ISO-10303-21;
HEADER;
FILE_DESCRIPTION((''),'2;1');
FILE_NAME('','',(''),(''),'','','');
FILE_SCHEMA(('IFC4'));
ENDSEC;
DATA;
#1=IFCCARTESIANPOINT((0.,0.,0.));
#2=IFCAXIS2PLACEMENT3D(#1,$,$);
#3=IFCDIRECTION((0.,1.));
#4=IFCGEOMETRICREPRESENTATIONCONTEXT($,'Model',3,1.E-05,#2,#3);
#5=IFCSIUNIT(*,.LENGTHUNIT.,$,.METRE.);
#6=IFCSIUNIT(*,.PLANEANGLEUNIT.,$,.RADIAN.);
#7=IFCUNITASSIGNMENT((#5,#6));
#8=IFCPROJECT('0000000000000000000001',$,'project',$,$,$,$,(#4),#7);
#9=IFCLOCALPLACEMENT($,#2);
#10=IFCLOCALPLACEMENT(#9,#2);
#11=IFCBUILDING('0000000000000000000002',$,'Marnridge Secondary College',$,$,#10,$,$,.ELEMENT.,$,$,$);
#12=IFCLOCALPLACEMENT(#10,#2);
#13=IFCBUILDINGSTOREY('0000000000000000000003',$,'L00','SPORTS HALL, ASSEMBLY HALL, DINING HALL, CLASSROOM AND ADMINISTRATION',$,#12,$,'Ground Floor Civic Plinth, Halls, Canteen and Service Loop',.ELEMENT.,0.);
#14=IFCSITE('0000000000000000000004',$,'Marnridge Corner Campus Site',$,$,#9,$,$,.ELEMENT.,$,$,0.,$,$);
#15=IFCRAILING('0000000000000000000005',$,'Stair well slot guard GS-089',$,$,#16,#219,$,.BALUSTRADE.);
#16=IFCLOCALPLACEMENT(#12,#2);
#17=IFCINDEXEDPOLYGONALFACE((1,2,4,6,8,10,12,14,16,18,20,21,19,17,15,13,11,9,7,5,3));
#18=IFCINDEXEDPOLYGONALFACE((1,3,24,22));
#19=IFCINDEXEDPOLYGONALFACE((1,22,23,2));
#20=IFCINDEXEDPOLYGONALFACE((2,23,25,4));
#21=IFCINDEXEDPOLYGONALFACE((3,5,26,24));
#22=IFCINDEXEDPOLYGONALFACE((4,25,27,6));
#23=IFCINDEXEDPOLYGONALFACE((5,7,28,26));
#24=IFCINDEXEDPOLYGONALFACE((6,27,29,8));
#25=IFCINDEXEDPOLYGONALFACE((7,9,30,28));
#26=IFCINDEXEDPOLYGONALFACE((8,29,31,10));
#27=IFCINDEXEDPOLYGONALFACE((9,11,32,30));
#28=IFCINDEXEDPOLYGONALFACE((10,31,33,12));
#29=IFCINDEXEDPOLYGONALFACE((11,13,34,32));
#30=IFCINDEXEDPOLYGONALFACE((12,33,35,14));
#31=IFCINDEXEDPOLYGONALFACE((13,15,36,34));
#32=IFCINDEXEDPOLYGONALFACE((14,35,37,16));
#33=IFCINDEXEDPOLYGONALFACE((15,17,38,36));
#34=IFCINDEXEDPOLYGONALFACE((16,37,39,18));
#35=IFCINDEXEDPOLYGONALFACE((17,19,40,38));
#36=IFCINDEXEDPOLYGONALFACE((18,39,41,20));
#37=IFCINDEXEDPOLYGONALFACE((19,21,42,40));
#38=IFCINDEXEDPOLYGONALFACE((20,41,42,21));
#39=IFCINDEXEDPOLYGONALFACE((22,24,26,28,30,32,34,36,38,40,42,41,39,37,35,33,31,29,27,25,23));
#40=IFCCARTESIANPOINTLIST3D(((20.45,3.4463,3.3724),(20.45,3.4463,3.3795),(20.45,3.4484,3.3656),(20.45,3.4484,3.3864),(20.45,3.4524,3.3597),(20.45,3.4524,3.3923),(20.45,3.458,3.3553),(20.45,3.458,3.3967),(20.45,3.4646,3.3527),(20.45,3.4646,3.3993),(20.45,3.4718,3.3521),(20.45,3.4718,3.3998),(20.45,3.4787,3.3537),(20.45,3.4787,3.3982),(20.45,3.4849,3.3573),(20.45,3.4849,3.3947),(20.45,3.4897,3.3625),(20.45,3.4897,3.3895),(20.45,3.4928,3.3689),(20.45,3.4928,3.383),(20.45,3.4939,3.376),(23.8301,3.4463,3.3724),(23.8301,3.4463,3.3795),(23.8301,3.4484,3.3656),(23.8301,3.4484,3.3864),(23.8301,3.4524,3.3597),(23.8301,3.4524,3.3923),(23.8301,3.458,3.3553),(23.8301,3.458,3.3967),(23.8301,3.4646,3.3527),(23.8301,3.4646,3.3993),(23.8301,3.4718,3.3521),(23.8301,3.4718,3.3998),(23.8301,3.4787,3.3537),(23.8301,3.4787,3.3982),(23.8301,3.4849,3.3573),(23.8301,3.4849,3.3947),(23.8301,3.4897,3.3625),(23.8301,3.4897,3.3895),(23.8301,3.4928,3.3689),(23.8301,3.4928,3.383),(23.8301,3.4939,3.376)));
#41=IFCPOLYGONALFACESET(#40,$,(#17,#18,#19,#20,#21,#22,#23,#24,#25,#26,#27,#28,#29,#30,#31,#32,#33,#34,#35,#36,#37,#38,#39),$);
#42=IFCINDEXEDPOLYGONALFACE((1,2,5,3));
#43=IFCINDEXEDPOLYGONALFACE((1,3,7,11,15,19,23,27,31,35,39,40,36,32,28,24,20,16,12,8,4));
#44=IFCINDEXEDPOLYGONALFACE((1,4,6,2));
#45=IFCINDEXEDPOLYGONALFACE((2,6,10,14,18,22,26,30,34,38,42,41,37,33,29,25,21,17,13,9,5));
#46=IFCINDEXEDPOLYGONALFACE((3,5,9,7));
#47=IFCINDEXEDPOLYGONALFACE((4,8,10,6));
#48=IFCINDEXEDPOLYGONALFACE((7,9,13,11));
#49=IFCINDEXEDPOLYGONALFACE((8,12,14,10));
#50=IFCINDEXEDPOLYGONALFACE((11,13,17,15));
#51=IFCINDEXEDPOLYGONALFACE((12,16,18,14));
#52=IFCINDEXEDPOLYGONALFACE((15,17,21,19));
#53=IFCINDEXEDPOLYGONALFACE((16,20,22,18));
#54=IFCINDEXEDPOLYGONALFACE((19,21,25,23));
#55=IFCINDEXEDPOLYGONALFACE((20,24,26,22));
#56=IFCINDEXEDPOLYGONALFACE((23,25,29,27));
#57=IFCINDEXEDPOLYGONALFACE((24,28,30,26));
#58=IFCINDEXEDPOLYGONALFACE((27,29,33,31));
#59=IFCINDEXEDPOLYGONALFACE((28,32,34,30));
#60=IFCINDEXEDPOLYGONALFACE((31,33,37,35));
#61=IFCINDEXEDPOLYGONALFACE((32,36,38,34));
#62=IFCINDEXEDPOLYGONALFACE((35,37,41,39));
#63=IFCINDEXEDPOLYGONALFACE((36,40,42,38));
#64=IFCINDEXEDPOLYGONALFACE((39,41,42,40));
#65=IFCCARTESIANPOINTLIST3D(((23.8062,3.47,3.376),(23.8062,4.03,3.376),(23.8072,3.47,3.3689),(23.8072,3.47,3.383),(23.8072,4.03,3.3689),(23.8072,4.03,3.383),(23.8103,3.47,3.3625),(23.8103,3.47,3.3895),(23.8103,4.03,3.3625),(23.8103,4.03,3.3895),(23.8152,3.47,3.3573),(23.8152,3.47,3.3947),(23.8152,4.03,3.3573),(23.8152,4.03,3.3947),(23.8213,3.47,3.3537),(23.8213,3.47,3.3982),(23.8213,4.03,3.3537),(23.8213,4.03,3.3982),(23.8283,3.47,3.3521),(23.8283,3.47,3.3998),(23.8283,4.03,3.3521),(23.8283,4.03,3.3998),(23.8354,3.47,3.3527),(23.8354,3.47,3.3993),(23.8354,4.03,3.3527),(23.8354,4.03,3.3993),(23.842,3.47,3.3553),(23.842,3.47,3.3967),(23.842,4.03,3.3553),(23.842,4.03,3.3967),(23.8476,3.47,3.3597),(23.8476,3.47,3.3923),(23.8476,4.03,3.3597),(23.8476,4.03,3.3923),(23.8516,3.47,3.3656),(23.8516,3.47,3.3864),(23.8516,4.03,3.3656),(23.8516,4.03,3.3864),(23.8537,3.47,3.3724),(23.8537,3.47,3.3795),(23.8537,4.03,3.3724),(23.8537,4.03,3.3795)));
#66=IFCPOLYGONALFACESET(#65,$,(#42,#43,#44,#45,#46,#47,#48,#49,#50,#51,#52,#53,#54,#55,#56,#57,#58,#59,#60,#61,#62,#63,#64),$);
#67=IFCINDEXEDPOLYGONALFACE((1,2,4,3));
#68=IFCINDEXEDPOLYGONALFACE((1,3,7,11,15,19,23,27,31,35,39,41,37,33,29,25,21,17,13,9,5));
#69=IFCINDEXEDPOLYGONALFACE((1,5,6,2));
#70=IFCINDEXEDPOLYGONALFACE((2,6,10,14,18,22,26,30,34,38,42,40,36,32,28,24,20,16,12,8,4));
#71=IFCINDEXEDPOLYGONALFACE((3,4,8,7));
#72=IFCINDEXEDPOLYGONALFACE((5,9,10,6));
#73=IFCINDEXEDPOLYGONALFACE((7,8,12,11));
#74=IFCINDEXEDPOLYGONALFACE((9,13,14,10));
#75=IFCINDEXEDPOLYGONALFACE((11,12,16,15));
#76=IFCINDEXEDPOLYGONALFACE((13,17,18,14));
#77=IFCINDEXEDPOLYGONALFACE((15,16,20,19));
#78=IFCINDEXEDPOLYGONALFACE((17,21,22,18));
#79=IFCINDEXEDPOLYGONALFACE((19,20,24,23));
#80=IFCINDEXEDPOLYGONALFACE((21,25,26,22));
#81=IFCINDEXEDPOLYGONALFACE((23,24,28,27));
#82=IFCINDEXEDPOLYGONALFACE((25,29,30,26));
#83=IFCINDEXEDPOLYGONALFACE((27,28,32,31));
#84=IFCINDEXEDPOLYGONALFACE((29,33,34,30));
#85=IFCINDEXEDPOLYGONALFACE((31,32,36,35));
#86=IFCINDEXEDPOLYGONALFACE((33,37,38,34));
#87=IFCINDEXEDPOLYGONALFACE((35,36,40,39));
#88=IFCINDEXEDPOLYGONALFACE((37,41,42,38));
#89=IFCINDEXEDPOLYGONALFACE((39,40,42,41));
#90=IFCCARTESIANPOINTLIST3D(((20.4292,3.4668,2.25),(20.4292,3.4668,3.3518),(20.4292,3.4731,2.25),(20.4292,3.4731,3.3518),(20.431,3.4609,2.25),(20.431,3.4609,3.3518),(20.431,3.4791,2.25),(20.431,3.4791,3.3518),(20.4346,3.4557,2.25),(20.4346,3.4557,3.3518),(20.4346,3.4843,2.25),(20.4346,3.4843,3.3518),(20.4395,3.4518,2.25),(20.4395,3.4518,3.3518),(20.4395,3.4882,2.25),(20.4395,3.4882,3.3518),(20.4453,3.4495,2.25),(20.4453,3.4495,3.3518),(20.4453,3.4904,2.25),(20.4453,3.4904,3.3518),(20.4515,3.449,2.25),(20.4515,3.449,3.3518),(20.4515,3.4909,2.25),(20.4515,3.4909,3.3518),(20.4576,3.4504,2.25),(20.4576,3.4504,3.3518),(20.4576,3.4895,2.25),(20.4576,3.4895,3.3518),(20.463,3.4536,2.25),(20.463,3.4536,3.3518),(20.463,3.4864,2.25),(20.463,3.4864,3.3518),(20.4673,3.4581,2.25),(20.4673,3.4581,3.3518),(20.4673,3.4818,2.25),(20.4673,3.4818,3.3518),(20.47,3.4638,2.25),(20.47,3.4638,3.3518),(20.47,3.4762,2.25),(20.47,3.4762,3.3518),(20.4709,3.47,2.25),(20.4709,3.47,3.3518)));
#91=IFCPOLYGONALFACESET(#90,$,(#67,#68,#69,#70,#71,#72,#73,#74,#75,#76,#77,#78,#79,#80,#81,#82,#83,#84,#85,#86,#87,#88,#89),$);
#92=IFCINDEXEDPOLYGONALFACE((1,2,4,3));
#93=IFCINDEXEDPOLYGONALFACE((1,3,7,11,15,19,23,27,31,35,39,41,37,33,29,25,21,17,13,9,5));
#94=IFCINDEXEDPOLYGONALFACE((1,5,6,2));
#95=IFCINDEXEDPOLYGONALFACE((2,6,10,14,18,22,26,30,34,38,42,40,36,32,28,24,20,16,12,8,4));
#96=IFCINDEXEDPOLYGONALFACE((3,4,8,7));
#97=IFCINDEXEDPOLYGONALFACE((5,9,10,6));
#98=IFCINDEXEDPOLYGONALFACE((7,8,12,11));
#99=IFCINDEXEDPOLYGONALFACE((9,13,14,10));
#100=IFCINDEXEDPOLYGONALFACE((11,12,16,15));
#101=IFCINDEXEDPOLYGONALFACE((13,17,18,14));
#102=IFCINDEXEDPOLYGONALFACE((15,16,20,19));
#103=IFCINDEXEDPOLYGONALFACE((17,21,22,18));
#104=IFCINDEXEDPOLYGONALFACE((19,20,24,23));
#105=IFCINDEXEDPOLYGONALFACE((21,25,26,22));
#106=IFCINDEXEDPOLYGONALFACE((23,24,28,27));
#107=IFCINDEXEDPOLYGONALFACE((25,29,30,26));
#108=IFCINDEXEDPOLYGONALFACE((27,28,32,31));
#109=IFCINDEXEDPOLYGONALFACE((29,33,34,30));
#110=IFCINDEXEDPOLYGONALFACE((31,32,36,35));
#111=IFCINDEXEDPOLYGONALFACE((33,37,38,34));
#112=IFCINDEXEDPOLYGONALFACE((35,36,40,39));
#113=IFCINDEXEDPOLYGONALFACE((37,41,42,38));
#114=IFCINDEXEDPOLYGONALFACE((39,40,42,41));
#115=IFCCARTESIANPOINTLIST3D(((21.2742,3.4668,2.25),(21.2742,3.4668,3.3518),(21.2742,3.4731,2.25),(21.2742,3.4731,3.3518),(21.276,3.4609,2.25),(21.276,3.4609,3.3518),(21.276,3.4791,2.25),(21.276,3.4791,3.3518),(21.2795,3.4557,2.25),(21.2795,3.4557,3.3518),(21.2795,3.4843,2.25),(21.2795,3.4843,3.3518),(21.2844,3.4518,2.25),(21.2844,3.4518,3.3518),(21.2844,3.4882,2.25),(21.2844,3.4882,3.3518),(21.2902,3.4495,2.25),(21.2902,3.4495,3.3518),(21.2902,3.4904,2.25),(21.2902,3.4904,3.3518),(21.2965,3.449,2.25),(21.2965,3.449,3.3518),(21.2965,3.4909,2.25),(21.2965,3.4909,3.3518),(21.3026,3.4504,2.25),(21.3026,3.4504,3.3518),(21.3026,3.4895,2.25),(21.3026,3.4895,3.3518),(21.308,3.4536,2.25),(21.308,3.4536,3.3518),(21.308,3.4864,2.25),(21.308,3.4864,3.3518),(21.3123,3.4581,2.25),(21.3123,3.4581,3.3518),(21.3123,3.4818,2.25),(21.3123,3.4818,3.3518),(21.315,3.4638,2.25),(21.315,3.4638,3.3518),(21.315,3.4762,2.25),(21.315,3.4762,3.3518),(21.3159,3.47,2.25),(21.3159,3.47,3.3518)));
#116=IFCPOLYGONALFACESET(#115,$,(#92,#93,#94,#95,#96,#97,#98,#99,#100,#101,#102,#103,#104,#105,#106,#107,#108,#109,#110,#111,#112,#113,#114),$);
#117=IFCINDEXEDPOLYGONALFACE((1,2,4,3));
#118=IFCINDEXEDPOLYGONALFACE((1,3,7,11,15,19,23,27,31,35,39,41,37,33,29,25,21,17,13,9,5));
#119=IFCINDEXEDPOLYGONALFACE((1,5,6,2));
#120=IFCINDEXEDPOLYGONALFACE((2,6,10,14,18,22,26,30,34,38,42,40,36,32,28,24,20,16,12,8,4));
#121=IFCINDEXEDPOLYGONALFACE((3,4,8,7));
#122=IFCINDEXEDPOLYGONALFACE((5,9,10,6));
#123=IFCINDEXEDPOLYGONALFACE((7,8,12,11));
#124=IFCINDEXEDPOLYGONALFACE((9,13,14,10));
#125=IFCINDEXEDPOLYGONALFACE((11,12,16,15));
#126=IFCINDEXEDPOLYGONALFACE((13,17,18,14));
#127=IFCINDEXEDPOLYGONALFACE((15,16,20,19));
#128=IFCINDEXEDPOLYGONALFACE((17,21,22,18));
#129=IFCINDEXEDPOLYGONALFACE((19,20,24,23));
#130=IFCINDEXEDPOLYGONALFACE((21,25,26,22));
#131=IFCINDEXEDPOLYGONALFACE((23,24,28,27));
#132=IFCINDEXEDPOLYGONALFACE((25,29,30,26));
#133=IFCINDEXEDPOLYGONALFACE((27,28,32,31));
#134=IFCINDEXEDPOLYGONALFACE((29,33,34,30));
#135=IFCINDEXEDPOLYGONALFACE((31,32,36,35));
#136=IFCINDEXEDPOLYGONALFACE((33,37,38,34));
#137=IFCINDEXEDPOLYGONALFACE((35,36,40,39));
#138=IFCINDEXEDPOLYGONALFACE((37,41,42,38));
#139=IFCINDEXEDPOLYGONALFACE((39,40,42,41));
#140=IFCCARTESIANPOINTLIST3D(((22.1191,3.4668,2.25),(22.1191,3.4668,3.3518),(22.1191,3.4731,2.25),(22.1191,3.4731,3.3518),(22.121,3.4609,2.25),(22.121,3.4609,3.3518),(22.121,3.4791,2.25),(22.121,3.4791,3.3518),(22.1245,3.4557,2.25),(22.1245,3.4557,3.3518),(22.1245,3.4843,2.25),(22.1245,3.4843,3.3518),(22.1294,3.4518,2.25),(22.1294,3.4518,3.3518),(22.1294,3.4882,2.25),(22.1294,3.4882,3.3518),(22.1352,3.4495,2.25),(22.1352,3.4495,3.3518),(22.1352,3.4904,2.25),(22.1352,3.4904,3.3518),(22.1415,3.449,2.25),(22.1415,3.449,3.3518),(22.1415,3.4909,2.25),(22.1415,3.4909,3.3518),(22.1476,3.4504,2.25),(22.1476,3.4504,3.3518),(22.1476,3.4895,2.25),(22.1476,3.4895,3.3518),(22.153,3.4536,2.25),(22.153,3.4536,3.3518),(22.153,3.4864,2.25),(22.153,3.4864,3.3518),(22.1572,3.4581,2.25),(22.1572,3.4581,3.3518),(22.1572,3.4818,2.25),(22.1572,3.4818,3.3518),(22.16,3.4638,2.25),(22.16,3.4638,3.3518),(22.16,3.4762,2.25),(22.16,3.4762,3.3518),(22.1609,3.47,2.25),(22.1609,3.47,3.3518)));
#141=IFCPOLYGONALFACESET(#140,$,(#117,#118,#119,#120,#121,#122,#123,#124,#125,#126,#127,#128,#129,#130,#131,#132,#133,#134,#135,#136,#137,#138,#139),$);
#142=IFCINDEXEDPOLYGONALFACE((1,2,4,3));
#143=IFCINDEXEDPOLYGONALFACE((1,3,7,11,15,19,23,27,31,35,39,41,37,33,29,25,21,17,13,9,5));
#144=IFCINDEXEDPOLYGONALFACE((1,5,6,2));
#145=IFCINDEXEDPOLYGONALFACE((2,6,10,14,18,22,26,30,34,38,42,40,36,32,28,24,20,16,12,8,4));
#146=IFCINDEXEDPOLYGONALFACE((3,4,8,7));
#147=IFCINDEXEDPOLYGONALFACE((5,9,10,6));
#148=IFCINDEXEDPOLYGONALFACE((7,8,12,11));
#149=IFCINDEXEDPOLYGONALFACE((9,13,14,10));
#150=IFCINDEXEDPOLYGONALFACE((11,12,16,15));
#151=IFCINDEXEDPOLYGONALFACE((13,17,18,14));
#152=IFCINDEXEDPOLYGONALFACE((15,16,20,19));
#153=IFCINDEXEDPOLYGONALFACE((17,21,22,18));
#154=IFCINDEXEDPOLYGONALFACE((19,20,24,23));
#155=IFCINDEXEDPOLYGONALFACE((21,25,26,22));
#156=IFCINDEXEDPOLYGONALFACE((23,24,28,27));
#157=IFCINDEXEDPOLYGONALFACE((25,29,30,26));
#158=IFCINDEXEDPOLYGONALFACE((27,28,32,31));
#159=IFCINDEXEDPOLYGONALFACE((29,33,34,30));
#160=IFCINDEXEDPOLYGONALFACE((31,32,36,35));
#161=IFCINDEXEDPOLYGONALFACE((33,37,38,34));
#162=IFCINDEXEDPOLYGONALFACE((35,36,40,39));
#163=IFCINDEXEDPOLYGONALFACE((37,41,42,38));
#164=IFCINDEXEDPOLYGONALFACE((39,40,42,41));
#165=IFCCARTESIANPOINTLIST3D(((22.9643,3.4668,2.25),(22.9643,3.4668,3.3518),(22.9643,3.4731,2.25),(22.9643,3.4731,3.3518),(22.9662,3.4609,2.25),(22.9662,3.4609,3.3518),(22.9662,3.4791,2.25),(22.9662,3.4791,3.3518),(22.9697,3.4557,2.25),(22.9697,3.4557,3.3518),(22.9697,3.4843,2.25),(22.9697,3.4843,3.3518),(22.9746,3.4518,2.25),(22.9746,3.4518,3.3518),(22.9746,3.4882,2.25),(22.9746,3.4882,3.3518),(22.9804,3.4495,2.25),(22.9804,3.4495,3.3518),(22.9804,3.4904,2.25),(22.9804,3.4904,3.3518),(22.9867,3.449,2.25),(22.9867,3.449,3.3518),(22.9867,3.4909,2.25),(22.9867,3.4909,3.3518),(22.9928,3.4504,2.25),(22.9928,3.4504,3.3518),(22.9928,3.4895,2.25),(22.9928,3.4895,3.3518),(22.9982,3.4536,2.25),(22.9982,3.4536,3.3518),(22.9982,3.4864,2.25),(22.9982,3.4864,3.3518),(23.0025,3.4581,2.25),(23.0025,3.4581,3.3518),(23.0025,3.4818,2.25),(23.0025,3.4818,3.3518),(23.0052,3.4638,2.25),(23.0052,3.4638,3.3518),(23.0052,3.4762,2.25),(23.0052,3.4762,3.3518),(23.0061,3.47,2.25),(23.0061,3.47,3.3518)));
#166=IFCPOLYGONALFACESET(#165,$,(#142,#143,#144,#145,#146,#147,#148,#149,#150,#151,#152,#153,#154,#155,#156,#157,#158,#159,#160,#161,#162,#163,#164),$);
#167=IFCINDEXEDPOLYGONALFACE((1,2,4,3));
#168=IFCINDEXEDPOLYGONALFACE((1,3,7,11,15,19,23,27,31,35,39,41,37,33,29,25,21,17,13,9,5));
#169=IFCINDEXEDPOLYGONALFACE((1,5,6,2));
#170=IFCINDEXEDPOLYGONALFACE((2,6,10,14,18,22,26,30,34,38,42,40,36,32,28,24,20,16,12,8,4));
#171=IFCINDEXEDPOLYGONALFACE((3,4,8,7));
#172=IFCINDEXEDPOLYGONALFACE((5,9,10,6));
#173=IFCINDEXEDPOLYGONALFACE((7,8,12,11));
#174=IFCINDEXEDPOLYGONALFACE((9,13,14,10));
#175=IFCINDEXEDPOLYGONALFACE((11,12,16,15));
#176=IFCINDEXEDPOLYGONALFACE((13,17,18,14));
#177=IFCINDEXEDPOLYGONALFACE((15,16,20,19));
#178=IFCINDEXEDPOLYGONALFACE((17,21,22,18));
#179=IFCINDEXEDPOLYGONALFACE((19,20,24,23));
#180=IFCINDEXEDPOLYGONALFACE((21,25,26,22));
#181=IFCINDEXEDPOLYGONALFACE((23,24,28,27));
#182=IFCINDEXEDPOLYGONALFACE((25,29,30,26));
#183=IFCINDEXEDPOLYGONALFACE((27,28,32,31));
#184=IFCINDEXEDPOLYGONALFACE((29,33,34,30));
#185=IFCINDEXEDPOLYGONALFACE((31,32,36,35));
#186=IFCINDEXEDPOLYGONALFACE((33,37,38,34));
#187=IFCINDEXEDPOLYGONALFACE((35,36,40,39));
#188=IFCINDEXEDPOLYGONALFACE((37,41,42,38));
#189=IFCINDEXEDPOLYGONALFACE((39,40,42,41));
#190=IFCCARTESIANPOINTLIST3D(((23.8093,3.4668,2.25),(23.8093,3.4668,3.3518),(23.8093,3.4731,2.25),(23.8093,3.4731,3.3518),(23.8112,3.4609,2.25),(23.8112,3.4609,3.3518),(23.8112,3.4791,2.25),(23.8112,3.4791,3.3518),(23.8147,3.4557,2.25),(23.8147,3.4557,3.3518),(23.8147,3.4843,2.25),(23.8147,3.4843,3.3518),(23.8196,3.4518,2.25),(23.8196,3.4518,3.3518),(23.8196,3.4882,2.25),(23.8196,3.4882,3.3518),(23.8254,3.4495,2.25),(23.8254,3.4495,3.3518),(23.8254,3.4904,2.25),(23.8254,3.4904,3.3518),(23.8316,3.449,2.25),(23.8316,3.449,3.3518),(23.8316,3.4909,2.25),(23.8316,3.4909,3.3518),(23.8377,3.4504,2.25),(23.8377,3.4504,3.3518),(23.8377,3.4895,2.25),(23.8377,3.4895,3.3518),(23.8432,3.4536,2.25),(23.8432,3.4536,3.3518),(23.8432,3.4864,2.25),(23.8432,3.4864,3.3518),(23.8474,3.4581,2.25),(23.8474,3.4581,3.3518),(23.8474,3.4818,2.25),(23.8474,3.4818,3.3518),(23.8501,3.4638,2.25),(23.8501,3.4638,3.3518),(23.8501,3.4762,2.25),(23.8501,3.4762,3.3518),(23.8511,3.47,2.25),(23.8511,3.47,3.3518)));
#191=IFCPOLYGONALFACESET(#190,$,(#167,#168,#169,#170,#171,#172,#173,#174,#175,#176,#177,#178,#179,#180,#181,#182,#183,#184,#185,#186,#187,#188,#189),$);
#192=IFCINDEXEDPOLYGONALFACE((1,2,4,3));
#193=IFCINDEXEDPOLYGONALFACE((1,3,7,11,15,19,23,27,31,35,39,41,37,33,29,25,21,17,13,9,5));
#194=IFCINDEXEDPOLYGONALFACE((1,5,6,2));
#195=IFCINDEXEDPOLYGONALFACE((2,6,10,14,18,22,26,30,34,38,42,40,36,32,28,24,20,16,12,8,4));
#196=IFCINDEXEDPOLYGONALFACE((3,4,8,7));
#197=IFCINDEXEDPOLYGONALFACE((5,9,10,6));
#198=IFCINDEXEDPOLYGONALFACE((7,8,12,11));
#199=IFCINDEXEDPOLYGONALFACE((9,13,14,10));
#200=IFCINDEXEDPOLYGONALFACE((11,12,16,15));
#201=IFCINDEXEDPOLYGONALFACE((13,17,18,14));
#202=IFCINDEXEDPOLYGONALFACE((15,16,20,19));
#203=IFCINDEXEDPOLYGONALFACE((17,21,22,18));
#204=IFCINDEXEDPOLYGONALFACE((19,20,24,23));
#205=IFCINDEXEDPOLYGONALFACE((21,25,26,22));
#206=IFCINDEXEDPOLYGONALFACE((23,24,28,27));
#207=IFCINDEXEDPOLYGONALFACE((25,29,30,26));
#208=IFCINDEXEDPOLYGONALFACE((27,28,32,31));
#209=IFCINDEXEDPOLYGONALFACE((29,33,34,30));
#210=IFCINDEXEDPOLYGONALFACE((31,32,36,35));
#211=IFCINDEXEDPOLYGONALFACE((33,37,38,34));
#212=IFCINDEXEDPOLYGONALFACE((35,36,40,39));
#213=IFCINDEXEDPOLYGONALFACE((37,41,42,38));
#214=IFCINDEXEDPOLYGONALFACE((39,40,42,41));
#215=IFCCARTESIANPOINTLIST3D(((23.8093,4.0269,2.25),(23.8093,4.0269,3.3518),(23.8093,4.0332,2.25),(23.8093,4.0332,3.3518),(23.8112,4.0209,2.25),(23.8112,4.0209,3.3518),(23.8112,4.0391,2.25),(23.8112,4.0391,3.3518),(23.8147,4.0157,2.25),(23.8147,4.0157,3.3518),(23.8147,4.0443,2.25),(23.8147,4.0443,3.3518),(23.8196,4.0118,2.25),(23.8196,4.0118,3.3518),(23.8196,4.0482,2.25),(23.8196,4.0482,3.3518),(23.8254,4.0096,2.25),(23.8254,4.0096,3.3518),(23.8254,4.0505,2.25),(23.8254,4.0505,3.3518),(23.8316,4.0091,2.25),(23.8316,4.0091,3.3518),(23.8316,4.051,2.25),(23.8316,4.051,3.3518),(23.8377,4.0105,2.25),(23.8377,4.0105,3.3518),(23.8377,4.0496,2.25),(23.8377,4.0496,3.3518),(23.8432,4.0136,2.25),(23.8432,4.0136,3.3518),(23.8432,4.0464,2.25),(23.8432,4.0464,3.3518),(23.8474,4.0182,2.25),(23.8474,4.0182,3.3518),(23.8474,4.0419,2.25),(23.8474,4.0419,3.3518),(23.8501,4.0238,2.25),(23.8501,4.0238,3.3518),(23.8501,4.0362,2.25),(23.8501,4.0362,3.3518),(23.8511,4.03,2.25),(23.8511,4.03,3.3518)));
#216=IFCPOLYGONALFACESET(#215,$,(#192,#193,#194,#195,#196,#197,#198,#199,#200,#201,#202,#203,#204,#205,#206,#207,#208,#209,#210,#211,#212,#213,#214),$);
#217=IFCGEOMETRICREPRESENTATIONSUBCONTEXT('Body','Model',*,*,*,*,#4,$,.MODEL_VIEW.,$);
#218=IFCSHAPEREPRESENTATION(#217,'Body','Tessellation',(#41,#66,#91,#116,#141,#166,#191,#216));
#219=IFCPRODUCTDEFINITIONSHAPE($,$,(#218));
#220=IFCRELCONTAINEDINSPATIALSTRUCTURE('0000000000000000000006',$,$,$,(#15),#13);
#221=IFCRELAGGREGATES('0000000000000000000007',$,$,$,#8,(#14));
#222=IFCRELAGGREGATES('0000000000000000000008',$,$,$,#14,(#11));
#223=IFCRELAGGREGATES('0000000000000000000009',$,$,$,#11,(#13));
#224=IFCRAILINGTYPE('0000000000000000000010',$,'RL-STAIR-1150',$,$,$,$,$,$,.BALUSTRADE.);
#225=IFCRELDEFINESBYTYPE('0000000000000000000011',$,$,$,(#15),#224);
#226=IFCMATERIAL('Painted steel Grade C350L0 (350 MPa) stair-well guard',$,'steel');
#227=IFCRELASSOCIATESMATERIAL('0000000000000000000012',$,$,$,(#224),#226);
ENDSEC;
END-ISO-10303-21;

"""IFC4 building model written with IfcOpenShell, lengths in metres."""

from ifc_helpers import new_model, si_unit, direction, frame, origin, origin_2d, place, context, subcontext, project, spatial, circle, extrude, material, type_object, element, save


model = new_model("IFC4")

# Units and contexts
model_context = context("Model", 3, precision=1e-05, world=origin(), true_north=direction((0.0, 1.0)))
body_context = subcontext(model_context, "Body", "Model", "MODEL_VIEW")
ifc_project = project(units=[si_unit("LENGTHUNIT", "METRE"), si_unit("PLANEANGLEUNIT", "RADIAN")], contexts=[model_context])

# Site, building, storey
site_placement = place(None, origin())
site = spatial("IfcSite", under=ifc_project, at=site_placement, Name="Marnridge Corner Campus Site", CompositionType="ELEMENT", RefElevation=0.0)
building_placement = place(site_placement, origin())
building = spatial("IfcBuilding", under=site, at=building_placement, Name="Marnridge Secondary College", CompositionType="ELEMENT")
storey_placement = place(building_placement, origin())
storey = spatial("IfcBuildingStorey", under=building, at=storey_placement, Name="L00", Description="SPORTS HALL, ASSEMBLY HALL, DINING HALL, CLASSROOM AND ADMINISTRATION", LongName="Ground Floor Civic Plinth, Halls, Canteen and Service Loop", CompositionType="ELEMENT", Elevation=0.0)

# Railing
ifc_material_1 = material(Name="Painted steel Grade C350L0 (350 MPa) stair-well guard", Category="steel")
railing_type_1 = type_object("IfcRailingType", Name="RL-STAIR-1150", PredefinedType="BALUSTRADE", material=ifc_material_1)
railing_1_placement = place(storey_placement, frame((20.45, 3.47, 2.25)))
element("IfcRailing", 1, at=railing_1_placement, inside=storey, type_object=railing_type_1, Name="Stair well slot guard GS-089", PredefinedType="BALUSTRADE", context=body_context, shape_type="SweptSolid", body=[
    extrude(circle(Radius=0.0239, at=origin_2d()), frame((0.0, 0.0, 1.126), z_axis=(1.0, 0.0, 0.0), x_axis=(0.0, 1.0, 0.0)), (0.0, 0.0, 1.0), 3.3801),
    extrude(circle(Radius=0.0239, at=origin_2d()), frame((3.3801, 0.0, 1.126), z_axis=(0.0, 1.0, 0.0), x_axis=(-1.0, 0.0, 0.0)), (0.0, 0.0, 1.0), 0.5601),
    extrude(circle(Radius=0.021, at=origin_2d()), origin(), (0.0, 0.0, 1.0), 1.1018),
    extrude(circle(Radius=0.021, at=origin_2d()), frame((0.845, 0.0, 0.0)), (0.0, 0.0, 1.0), 1.1018),
    extrude(circle(Radius=0.021, at=origin_2d()), frame((1.6899, 0.0, 0.0)), (0.0, 0.0, 1.0), 1.1018),
    extrude(circle(Radius=0.021, at=origin_2d()), frame((2.5352, 0.0, 0.0)), (0.0, 0.0, 1.0), 1.1018),
    extrude(circle(Radius=0.021, at=origin_2d()), frame((3.3801, 0.0, 0.0)), (0.0, 0.0, 1.0), 1.1018),
    extrude(circle(Radius=0.021, at=origin_2d()), frame((3.3801, 0.5601, 0.0)), (0.0, 0.0, 1.0), 1.1018),
])

save(model, "model.ifc")
